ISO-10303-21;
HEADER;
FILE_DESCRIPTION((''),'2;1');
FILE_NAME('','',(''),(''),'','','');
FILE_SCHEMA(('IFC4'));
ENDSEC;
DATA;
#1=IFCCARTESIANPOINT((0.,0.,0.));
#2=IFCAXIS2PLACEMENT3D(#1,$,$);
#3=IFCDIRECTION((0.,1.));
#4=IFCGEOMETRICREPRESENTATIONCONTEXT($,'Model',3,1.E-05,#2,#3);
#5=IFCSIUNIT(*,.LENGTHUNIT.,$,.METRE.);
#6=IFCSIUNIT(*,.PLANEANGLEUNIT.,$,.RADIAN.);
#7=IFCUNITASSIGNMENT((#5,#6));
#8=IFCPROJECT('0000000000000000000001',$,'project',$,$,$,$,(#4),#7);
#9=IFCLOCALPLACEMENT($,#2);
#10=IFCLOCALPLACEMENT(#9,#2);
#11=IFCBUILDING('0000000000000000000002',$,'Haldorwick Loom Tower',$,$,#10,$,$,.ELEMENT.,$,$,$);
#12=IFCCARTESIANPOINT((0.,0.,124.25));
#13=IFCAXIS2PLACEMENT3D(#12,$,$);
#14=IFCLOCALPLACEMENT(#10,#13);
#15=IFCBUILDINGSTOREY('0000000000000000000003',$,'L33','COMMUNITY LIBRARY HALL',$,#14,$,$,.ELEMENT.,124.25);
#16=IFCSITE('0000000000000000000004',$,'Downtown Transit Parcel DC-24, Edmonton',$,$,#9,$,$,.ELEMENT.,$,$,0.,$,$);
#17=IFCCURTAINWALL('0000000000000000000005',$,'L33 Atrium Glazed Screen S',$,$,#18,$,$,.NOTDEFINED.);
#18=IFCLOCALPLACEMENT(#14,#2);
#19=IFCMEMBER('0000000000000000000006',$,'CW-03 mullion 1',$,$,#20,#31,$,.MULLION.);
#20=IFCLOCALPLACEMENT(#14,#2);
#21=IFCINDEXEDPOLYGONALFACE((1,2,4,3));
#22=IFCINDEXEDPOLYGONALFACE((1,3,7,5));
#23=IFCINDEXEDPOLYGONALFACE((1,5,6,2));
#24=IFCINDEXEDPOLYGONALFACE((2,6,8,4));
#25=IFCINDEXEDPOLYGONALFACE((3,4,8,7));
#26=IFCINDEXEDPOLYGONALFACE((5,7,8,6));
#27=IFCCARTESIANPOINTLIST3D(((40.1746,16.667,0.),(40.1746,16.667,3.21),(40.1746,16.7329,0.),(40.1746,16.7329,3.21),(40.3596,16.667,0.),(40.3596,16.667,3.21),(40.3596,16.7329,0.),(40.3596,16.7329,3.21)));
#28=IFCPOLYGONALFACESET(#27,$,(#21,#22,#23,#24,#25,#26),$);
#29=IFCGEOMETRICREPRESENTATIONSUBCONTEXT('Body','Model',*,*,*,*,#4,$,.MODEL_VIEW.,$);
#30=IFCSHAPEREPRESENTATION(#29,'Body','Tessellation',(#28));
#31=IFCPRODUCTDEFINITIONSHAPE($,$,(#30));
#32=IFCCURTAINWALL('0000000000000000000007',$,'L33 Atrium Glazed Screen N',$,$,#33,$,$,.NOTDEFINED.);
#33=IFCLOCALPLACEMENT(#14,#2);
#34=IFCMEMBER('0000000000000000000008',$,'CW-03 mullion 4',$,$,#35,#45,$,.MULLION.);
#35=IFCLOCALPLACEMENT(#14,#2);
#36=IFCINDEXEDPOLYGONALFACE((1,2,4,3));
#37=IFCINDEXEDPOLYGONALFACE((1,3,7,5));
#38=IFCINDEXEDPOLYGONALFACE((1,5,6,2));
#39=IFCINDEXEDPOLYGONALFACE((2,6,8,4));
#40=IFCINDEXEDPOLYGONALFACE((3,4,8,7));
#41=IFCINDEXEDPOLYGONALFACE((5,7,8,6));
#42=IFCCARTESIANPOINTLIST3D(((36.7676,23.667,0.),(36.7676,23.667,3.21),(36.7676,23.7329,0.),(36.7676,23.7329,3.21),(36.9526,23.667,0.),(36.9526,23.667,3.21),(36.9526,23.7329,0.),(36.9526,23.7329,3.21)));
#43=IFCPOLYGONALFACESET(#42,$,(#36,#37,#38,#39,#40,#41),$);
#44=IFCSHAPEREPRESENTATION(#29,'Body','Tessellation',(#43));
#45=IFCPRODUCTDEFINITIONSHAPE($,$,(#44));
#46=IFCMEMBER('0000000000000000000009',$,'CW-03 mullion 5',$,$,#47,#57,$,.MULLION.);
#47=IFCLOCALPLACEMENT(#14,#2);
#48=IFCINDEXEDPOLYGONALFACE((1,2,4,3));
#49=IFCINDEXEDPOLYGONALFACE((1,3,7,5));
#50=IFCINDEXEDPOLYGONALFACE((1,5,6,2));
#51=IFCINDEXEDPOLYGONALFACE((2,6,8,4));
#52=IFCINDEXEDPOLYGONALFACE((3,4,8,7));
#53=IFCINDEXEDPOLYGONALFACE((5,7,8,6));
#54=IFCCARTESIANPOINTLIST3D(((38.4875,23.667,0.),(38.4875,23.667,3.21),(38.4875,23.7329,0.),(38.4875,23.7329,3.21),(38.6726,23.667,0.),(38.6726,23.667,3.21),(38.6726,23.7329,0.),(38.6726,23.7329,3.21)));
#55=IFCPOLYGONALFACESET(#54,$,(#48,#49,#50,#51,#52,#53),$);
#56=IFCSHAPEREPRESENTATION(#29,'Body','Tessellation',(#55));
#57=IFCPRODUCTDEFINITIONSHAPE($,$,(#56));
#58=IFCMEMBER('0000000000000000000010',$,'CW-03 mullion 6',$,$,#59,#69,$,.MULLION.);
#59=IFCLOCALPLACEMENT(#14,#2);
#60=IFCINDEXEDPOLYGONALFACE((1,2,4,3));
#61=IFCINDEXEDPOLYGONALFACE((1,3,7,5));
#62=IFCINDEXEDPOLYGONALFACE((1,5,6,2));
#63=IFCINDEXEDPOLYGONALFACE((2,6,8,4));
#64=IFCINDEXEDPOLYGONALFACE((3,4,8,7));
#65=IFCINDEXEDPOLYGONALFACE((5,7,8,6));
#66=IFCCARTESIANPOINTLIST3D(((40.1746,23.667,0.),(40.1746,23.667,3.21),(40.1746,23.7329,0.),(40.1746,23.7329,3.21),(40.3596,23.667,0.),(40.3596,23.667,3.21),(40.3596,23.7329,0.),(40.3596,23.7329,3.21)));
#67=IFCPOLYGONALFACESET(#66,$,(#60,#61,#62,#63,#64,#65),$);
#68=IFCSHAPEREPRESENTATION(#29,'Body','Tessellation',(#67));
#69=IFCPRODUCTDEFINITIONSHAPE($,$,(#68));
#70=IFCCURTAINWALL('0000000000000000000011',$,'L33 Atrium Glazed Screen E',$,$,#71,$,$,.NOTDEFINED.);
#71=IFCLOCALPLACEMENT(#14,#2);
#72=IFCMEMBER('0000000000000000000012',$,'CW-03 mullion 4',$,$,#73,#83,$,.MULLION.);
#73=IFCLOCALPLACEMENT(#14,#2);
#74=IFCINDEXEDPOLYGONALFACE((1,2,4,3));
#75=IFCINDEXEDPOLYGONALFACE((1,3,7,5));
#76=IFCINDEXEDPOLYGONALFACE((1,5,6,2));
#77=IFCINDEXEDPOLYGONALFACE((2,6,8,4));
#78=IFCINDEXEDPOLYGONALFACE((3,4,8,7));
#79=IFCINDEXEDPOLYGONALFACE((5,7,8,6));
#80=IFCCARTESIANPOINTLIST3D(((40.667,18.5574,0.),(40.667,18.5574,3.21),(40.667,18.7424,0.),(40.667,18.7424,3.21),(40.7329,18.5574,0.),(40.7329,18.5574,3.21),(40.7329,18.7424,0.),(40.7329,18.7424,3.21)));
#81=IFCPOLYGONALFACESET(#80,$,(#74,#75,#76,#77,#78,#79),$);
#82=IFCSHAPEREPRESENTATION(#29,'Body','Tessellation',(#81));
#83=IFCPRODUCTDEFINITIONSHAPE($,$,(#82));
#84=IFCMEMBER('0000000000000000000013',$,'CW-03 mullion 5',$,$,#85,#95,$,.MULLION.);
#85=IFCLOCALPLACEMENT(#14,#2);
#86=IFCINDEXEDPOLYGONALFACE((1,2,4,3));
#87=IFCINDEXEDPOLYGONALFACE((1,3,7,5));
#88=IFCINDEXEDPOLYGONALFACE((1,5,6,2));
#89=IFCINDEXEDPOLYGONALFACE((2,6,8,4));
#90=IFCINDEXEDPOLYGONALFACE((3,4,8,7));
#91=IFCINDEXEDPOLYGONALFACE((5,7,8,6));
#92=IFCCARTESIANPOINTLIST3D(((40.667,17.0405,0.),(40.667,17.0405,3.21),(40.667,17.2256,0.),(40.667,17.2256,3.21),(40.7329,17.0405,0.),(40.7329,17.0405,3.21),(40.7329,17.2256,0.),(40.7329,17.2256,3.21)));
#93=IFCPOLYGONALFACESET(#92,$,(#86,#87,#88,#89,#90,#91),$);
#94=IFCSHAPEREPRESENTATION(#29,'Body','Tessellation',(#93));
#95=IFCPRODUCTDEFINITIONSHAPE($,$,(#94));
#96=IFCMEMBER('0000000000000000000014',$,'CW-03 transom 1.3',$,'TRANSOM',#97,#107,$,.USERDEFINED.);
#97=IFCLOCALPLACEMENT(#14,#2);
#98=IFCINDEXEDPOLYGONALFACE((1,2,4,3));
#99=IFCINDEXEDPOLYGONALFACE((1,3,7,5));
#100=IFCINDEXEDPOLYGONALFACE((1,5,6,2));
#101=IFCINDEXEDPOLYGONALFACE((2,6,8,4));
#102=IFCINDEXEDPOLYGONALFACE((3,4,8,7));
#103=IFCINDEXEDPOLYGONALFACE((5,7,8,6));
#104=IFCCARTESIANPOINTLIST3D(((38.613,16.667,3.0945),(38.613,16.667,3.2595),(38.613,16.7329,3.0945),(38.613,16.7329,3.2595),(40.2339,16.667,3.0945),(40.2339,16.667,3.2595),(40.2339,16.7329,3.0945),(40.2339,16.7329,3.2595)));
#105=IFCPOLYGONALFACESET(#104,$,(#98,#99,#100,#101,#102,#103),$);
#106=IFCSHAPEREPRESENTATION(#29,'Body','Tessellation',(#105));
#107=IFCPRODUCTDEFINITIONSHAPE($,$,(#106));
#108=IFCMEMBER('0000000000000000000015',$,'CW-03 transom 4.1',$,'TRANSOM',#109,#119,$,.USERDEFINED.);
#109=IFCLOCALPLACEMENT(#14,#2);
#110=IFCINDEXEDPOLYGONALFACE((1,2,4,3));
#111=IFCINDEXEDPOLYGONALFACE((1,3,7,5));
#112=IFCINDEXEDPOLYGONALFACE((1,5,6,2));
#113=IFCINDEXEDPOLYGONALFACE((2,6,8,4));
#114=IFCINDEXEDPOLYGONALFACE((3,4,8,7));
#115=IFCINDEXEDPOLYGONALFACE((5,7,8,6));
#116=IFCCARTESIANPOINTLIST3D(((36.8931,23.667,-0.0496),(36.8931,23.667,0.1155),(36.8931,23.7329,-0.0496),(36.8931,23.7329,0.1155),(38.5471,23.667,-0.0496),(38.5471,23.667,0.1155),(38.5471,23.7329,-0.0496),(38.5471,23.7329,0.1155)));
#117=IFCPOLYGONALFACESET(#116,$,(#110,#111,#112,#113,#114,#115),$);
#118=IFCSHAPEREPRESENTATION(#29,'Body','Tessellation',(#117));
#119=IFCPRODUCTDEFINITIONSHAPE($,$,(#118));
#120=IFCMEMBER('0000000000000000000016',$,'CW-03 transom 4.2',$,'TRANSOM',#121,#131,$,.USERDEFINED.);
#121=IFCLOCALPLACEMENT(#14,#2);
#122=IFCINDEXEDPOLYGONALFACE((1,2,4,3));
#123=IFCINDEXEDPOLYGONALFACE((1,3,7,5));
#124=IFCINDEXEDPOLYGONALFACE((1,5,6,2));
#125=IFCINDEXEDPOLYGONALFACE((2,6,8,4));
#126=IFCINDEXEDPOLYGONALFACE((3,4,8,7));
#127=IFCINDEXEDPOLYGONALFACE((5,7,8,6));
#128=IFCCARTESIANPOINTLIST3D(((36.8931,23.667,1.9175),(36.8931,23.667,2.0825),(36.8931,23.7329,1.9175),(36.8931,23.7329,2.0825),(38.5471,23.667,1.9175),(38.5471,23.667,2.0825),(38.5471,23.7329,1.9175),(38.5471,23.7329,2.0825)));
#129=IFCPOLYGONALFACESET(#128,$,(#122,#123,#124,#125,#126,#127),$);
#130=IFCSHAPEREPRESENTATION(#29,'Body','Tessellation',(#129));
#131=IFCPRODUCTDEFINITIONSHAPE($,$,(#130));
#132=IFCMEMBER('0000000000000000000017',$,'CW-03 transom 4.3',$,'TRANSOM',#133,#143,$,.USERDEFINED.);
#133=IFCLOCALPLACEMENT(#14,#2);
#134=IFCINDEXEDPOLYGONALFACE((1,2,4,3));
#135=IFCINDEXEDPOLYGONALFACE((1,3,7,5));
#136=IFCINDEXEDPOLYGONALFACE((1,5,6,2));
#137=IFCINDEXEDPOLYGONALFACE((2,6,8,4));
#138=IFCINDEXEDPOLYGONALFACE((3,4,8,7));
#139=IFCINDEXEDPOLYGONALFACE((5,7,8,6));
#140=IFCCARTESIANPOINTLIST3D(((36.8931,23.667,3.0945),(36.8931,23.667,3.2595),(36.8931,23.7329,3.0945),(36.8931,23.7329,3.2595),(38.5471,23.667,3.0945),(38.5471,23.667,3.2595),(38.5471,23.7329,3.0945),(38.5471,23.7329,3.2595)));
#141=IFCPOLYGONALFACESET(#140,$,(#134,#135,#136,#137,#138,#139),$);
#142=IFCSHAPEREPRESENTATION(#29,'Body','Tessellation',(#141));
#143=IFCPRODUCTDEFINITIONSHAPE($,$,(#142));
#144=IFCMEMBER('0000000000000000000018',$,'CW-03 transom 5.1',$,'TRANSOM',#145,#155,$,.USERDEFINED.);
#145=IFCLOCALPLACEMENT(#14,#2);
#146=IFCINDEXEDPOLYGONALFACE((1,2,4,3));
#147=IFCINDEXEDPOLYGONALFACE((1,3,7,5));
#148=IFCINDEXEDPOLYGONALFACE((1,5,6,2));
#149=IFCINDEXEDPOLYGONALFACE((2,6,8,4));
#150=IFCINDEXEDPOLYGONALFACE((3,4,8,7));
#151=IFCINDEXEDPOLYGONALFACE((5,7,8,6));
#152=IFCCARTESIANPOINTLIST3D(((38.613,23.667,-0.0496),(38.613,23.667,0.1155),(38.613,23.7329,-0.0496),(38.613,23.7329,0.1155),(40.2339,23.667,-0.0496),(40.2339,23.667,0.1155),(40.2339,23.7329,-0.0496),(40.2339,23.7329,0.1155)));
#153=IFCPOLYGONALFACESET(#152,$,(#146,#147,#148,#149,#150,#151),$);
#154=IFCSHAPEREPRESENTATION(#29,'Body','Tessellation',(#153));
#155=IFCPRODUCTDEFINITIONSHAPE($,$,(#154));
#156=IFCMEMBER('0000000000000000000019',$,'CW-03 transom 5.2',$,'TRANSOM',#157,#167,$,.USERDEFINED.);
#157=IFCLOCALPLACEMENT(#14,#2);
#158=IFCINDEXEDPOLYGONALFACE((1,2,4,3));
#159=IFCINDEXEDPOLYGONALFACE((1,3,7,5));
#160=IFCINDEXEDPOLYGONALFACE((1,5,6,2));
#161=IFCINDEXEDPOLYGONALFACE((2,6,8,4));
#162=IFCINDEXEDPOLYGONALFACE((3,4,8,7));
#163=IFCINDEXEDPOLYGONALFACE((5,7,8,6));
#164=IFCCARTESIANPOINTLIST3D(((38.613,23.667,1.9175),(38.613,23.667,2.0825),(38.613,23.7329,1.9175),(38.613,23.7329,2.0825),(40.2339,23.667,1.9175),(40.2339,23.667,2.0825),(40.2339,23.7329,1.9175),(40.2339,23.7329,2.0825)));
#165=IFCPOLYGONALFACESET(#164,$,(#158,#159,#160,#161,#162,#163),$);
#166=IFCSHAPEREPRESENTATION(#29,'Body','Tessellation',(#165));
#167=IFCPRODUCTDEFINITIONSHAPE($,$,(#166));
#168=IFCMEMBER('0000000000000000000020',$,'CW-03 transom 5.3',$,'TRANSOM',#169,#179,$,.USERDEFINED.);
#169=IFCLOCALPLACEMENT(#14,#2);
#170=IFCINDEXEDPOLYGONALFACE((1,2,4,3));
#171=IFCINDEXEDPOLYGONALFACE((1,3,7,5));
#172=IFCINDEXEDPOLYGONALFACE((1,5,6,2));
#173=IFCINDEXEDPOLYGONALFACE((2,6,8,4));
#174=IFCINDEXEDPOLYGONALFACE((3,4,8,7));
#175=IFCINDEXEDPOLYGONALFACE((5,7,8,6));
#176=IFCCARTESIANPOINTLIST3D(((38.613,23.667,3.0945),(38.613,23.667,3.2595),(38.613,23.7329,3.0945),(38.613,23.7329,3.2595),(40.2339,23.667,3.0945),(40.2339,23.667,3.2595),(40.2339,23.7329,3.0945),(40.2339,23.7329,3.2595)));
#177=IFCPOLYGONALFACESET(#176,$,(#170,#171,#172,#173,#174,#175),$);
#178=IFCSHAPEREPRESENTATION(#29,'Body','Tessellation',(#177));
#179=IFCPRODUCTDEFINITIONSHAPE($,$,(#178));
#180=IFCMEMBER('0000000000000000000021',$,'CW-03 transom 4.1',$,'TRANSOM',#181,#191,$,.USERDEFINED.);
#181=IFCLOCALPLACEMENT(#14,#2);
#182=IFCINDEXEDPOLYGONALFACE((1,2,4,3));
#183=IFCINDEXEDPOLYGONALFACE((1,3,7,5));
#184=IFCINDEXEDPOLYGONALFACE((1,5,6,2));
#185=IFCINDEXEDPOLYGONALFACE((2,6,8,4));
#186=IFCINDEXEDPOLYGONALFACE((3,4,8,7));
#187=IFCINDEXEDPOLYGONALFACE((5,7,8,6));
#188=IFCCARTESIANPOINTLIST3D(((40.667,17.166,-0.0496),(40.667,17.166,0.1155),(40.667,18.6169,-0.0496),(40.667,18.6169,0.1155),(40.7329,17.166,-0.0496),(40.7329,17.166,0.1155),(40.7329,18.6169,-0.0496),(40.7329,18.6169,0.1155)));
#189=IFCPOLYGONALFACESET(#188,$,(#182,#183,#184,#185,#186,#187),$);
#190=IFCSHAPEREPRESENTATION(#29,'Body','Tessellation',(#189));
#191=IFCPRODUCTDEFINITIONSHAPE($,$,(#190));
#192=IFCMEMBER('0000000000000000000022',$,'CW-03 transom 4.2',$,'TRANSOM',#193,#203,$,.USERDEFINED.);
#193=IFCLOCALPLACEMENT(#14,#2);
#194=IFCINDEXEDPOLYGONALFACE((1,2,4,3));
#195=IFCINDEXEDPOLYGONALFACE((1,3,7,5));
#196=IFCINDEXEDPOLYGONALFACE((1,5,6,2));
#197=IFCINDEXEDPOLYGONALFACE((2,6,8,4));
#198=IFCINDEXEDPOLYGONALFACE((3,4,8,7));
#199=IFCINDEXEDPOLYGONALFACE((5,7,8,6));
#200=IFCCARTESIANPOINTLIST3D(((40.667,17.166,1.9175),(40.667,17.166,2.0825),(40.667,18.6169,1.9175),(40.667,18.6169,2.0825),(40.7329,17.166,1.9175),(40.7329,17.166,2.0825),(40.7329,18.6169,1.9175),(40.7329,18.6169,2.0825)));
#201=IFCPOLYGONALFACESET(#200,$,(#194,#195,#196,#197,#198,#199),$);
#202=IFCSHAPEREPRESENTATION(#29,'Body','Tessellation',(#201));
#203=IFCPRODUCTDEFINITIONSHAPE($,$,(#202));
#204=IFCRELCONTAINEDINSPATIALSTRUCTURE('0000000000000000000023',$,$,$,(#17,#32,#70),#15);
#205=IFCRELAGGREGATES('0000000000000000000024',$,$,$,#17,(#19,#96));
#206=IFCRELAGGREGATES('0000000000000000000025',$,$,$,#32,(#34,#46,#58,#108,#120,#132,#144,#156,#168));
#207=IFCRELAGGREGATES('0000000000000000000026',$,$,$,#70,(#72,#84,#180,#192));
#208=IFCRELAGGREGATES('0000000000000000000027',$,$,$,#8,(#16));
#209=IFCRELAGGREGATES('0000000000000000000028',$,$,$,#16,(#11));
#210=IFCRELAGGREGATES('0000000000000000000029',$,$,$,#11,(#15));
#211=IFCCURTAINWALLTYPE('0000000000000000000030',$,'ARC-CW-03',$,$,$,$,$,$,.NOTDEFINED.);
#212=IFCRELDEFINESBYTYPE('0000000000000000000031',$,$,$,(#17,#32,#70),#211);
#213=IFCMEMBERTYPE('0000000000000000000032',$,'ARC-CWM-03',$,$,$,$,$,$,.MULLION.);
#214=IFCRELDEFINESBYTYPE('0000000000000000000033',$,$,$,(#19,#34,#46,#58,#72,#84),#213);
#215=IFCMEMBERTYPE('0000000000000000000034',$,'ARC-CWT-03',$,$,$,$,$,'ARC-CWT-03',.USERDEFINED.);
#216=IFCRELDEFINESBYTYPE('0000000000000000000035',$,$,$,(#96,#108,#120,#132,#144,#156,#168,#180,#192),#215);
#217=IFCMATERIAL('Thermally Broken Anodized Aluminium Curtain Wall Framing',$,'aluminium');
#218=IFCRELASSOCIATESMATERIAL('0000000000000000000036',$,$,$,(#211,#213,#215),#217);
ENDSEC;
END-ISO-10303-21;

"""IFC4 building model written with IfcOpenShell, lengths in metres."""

from ifc_helpers import new_model, si_unit, direction, frame, origin, origin_2d, place, context, subcontext, project, spatial, rectangle, extrude, material, material_profile, profile_set, type_object, element, aggregate, save


model = new_model("IFC4")

# Units and contexts
model_context = context("Model", 3, precision=1e-05, world=origin(), true_north=direction((0.0, 1.0)))
body_context = subcontext(model_context, "Body", "Model", "MODEL_VIEW")
ifc_project = project(units=[si_unit("LENGTHUNIT", "METRE"), si_unit("PLANEANGLEUNIT", "RADIAN")], contexts=[model_context])

# Site, building, storey
site_placement = place(None, origin())
site = spatial("IfcSite", under=ifc_project, at=site_placement, Name="Downtown Transit Parcel DC-24, Edmonton", CompositionType="ELEMENT", RefElevation=0.0)
building_placement = place(site_placement, origin())
building = spatial("IfcBuilding", under=site, at=building_placement, Name="Haldorwick Loom Tower", CompositionType="ELEMENT")
storey_placement = place(building_placement, frame((0.0, 0.0, 124.25)))
storey = spatial("IfcBuildingStorey", under=building, at=storey_placement, Name="L33", Description="COMMUNITY LIBRARY HALL", CompositionType="ELEMENT", Elevation=124.25)

# Curtain wall, member
ifc_material_1 = material(Name="Thermally Broken Anodized Aluminium Curtain Wall Framing", Category="aluminium")
curtain_wall_type = type_object("IfcCurtainWallType", Name="ARC-CW-03", PredefinedType="NOTDEFINED", material=ifc_material_1)
curtain_wall_1_placement = place(storey_placement, origin())
curtain_wall_1 = element("IfcCurtainWall", 1, at=curtain_wall_1_placement, inside=storey, type_object=curtain_wall_type, Name="L33 Atrium Glazed Screen S", PredefinedType="NOTDEFINED")
ifc_material_profile_1 = material_profile(ifc_material_1, rectangle(XDim=0.0659, YDim=0.1851, at=origin_2d()), Name="ALU_MUL_66X185", Category="aluminium")
ifc_profile_set_1 = profile_set([ifc_material_profile_1], Name="Thermally Broken Anodized Aluminium Curtain Wall Framing")
member_type_1 = type_object("IfcMemberType", Name="ARC-CWM-03", PredefinedType="MULLION", material=ifc_profile_set_1)
member_1_placement = place(storey_placement, frame((40.2671, 16.7, 0.0), z_axis=(0.0, 0.0, 1.0), x_axis=(0.0, -1.0, 0.0)))
member_1 = element("IfcMember", 2, at=member_1_placement, type_object=member_type_1, Name="CW-03 mullion 1", PredefinedType="MULLION", context=body_context, shape_type="SweptSolid", body=[
    extrude(rectangle(XDim=0.0659, YDim=0.1851, at=origin_2d()), origin(), (0.0, 0.0, 1.0), 3.21),
])

# Curtain walls, members
curtain_wall_2_placement = place(storey_placement, origin())
curtain_wall_2 = element("IfcCurtainWall", 3, at=curtain_wall_2_placement, inside=storey, type_object=curtain_wall_type, Name="L33 Atrium Glazed Screen N", PredefinedType="NOTDEFINED")
member_2_placement = place(storey_placement, frame((36.8601, 23.7, 0.0), z_axis=(0.0, 0.0, 1.0), x_axis=(0.0, 1.0, 0.0)))
member_2 = element("IfcMember", 4, at=member_2_placement, type_object=member_type_1, Name="CW-03 mullion 4", PredefinedType="MULLION", context=body_context, shape_type="SweptSolid", body=[
    extrude(rectangle(XDim=0.0659, YDim=0.1851, at=origin_2d()), origin(), (0.0, 0.0, 1.0), 3.21),
])
member_3_placement = place(storey_placement, frame((38.5801, 23.7, 0.0), z_axis=(0.0, 0.0, 1.0), x_axis=(0.0, 1.0, 0.0)))
member_3 = element("IfcMember", 5, at=member_3_placement, type_object=member_type_1, Name="CW-03 mullion 5", PredefinedType="MULLION", context=body_context, shape_type="SweptSolid", body=[
    extrude(rectangle(XDim=0.0659, YDim=0.1851, at=origin_2d()), origin(), (0.0, 0.0, 1.0), 3.21),
])
member_4_placement = place(storey_placement, frame((40.2671, 23.7, 0.0), z_axis=(0.0, 0.0, 1.0), x_axis=(0.0, 1.0, 0.0)))
member_4 = element("IfcMember", 6, at=member_4_placement, type_object=member_type_1, Name="CW-03 mullion 6", PredefinedType="MULLION", context=body_context, shape_type="SweptSolid", body=[
    extrude(rectangle(XDim=0.0659, YDim=0.1851, at=origin_2d()), origin(), (0.0, 0.0, 1.0), 3.21),
])
curtain_wall_3_placement = place(storey_placement, origin())
curtain_wall_3 = element("IfcCurtainWall", 7, at=curtain_wall_3_placement, inside=storey, type_object=curtain_wall_type, Name="L33 Atrium Glazed Screen E", PredefinedType="NOTDEFINED")
member_5_placement = place(storey_placement, frame((40.7, 18.6499, 0.0), z_axis=(0.0, 0.0, 1.0), x_axis=(1.0, 0.0, 0.0)))
member_5 = element("IfcMember", 8, at=member_5_placement, type_object=member_type_1, Name="CW-03 mullion 4", PredefinedType="MULLION", context=body_context, shape_type="SweptSolid", body=[
    extrude(rectangle(XDim=0.0659, YDim=0.1851, at=origin_2d()), origin(), (0.0, 0.0, 1.0), 3.21),
])
member_6_placement = place(storey_placement, frame((40.7, 17.1331, 0.0), z_axis=(0.0, 0.0, 1.0), x_axis=(1.0, 0.0, 0.0)))
member_6 = element("IfcMember", 9, at=member_6_placement, type_object=member_type_1, Name="CW-03 mullion 5", PredefinedType="MULLION", context=body_context, shape_type="SweptSolid", body=[
    extrude(rectangle(XDim=0.0659, YDim=0.1851, at=origin_2d()), origin(), (0.0, 0.0, 1.0), 3.21),
])

# Members
ifc_material_profile_2 = material_profile(ifc_material_1, rectangle(XDim=0.0659, YDim=0.165, at=origin_2d()), Name="ALU_TRN_66X165", Category="aluminium")
ifc_profile_set_2 = profile_set([ifc_material_profile_2], Name="Thermally Broken Anodized Aluminium Curtain Wall Framing")
member_type_2 = type_object("IfcMemberType", Name="ARC-CWT-03", ElementType="ARC-CWT-03", PredefinedType="USERDEFINED", material=ifc_profile_set_2)
member_7_placement = place(storey_placement, frame((40.2339, 16.7, 3.177), z_axis=(-1.0, 0.0, 0.0), x_axis=(0.0, -1.0, 0.0)))
member_7 = element("IfcMember", 10, at=member_7_placement, type_object=member_type_2, Name="CW-03 transom 1.3", ObjectType="TRANSOM", PredefinedType="USERDEFINED", context=body_context, shape_type="SweptSolid", body=[
    extrude(rectangle(XDim=0.0659, YDim=0.165, at=origin_2d()), origin(), (0.0, 0.0, 1.0), 1.6208),
])
aggregate(curtain_wall_1, [member_1, member_7])
member_8_placement = place(storey_placement, frame((36.8931, 23.7, 0.033), z_axis=(1.0, 0.0, 0.0), x_axis=(0.0, 1.0, 0.0)))
member_8 = element("IfcMember", 11, at=member_8_placement, type_object=member_type_2, Name="CW-03 transom 4.1", ObjectType="TRANSOM", PredefinedType="USERDEFINED", context=body_context, shape_type="SweptSolid", body=[
    extrude(rectangle(XDim=0.0659, YDim=0.165, at=origin_2d()), origin(), (0.0, 0.0, 1.0), 1.6541),
])
member_9_placement = place(storey_placement, frame((36.8931, 23.7, 2.0), z_axis=(1.0, 0.0, 0.0), x_axis=(0.0, 1.0, 0.0)))
member_9 = element("IfcMember", 12, at=member_9_placement, type_object=member_type_2, Name="CW-03 transom 4.2", ObjectType="TRANSOM", PredefinedType="USERDEFINED", context=body_context, shape_type="SweptSolid", body=[
    extrude(rectangle(XDim=0.0659, YDim=0.165, at=origin_2d()), origin(), (0.0, 0.0, 1.0), 1.6541),
])
member_10_placement = place(storey_placement, frame((36.8931, 23.7, 3.177), z_axis=(1.0, 0.0, 0.0), x_axis=(0.0, 1.0, 0.0)))
member_10 = element("IfcMember", 13, at=member_10_placement, type_object=member_type_2, Name="CW-03 transom 4.3", ObjectType="TRANSOM", PredefinedType="USERDEFINED", context=body_context, shape_type="SweptSolid", body=[
    extrude(rectangle(XDim=0.0659, YDim=0.165, at=origin_2d()), origin(), (0.0, 0.0, 1.0), 1.6541),
])
member_11_placement = place(storey_placement, frame((38.613, 23.7, 0.033), z_axis=(1.0, 0.0, 0.0), x_axis=(0.0, 1.0, 0.0)))
member_11 = element("IfcMember", 14, at=member_11_placement, type_object=member_type_2, Name="CW-03 transom 5.1", ObjectType="TRANSOM", PredefinedType="USERDEFINED", context=body_context, shape_type="SweptSolid", body=[
    extrude(rectangle(XDim=0.0659, YDim=0.165, at=origin_2d()), origin(), (0.0, 0.0, 1.0), 1.6208),
])
member_12_placement = place(storey_placement, frame((38.613, 23.7, 2.0), z_axis=(1.0, 0.0, 0.0), x_axis=(0.0, 1.0, 0.0)))
member_12 = element("IfcMember", 15, at=member_12_placement, type_object=member_type_2, Name="CW-03 transom 5.2", ObjectType="TRANSOM", PredefinedType="USERDEFINED", context=body_context, shape_type="SweptSolid", body=[
    extrude(rectangle(XDim=0.0659, YDim=0.165, at=origin_2d()), origin(), (0.0, 0.0, 1.0), 1.6208),
])
member_13_placement = place(storey_placement, frame((38.613, 23.7, 3.177), z_axis=(1.0, 0.0, 0.0), x_axis=(0.0, 1.0, 0.0)))
member_13 = element("IfcMember", 16, at=member_13_placement, type_object=member_type_2, Name="CW-03 transom 5.3", ObjectType="TRANSOM", PredefinedType="USERDEFINED", context=body_context, shape_type="SweptSolid", body=[
    extrude(rectangle(XDim=0.0659, YDim=0.165, at=origin_2d()), origin(), (0.0, 0.0, 1.0), 1.6208),
])
member_14_placement = place(storey_placement, frame((40.7, 18.6169, 0.033), z_axis=(0.0, -1.0, 0.0), x_axis=(1.0, 0.0, 0.0)))
member_14 = element("IfcMember", 17, at=member_14_placement, type_object=member_type_2, Name="CW-03 transom 4.1", ObjectType="TRANSOM", PredefinedType="USERDEFINED", context=body_context, shape_type="SweptSolid", body=[
    extrude(rectangle(XDim=0.0659, YDim=0.165, at=origin_2d()), origin(), (0.0, 0.0, 1.0), 1.4509),
])
member_15_placement = place(storey_placement, frame((40.7, 18.6169, 2.0), z_axis=(0.0, -1.0, 0.0), x_axis=(1.0, 0.0, 0.0)))
member_15 = element("IfcMember", 18, at=member_15_placement, type_object=member_type_2, Name="CW-03 transom 4.2", ObjectType="TRANSOM", PredefinedType="USERDEFINED", context=body_context, shape_type="SweptSolid", body=[
    extrude(rectangle(XDim=0.0659, YDim=0.165, at=origin_2d()), origin(), (0.0, 0.0, 1.0), 1.4509),
])

aggregate(curtain_wall_2, [member_2, member_3, member_4, member_8, member_9, member_10, member_11, member_12, member_13])
aggregate(curtain_wall_3, [member_5, member_6, member_14, member_15])

save(model, "model.ifc")
